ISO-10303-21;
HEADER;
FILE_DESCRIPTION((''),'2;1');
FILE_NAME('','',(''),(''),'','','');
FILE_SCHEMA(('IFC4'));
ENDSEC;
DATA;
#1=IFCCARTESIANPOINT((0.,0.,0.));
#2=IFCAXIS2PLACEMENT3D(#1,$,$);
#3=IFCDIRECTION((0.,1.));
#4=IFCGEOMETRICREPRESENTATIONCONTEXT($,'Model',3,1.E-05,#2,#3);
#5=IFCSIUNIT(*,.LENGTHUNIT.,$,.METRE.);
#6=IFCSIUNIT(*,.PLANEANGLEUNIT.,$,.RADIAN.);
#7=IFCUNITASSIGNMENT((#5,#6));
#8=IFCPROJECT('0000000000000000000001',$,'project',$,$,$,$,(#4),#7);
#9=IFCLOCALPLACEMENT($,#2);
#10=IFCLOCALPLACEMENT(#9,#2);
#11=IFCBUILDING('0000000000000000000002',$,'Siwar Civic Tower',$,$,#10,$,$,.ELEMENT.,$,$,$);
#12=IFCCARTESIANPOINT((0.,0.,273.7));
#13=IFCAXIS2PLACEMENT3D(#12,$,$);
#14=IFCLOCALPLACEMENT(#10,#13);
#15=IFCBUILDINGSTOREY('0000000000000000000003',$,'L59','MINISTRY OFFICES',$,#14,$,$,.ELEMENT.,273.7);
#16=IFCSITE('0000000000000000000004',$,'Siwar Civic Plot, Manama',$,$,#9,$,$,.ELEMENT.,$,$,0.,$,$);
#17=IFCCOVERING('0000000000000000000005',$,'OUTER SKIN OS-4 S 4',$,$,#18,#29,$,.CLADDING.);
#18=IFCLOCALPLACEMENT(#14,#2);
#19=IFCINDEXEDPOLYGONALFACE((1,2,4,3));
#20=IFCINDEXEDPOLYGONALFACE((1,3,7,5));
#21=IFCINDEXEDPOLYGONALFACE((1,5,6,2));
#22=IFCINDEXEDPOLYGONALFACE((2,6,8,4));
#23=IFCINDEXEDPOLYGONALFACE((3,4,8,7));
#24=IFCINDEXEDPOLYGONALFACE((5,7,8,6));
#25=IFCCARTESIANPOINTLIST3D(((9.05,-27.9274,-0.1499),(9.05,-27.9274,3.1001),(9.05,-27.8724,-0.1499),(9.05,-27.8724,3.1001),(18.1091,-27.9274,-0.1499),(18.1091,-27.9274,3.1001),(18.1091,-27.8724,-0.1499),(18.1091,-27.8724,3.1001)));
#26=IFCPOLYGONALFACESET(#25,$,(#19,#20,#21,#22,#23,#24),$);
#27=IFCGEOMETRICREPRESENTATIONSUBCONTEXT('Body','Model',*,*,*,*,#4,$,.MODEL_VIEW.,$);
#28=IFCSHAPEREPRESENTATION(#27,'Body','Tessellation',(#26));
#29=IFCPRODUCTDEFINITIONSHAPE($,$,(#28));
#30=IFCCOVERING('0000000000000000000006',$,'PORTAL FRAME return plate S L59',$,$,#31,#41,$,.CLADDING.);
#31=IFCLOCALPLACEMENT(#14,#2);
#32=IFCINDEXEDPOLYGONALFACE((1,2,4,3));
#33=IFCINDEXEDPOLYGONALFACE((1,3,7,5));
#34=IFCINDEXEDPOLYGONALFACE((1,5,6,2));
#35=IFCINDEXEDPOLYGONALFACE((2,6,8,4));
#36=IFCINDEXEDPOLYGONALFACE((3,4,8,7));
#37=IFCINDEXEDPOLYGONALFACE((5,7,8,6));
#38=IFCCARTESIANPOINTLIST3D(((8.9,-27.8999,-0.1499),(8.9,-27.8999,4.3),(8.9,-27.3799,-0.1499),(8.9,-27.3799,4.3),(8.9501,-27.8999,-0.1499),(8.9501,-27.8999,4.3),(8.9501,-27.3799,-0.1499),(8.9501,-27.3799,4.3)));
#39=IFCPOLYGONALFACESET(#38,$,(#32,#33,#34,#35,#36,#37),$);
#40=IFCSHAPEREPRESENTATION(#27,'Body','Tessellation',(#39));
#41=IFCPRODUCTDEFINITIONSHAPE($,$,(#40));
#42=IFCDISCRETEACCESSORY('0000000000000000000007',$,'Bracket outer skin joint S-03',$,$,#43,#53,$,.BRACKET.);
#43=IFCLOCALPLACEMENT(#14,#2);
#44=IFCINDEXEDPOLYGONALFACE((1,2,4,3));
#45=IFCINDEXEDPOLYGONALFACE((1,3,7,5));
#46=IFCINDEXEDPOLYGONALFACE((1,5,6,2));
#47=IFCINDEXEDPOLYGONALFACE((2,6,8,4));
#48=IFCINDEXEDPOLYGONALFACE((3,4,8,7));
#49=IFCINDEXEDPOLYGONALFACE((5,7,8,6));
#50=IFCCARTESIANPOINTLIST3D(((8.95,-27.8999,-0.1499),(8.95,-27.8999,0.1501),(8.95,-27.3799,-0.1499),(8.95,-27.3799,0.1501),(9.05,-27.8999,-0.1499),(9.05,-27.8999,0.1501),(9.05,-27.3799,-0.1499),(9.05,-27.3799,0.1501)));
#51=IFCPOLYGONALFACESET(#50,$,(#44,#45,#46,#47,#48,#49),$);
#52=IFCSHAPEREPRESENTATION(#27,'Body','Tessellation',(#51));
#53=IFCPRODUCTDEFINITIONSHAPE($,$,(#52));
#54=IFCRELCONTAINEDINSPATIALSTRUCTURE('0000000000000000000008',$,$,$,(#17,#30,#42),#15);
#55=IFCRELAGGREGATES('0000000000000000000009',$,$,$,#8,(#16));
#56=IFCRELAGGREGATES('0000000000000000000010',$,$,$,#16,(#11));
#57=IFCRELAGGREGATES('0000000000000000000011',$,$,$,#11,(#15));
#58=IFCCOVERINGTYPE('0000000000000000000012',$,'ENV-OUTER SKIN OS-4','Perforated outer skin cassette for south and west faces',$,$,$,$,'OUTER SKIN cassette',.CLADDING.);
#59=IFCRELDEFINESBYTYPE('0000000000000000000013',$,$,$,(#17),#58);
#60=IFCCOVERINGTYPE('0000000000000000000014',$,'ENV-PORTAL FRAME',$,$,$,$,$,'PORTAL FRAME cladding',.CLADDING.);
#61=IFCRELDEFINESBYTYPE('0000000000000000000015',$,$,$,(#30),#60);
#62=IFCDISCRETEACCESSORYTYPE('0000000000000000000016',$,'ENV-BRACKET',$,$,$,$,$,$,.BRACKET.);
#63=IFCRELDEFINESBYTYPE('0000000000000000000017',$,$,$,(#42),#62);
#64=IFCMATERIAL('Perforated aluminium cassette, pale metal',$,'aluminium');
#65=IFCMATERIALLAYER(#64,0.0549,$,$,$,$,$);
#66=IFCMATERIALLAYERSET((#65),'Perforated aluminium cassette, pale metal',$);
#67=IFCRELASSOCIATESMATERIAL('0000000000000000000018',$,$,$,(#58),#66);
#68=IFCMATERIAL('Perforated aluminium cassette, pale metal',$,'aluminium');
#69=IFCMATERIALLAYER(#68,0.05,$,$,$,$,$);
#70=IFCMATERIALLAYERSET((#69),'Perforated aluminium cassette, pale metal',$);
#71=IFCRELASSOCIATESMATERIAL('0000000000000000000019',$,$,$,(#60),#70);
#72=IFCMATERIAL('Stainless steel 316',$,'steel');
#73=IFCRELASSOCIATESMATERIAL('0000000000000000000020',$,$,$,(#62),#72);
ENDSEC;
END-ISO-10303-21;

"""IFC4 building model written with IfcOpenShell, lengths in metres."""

from ifc_helpers import new_model, si_unit, direction, frame, origin, origin_2d, place, context, subcontext, project, spatial, rectangle, extrude, material, layer, layer_set, type_object, element, save


model = new_model("IFC4")

# Units and contexts
model_context = context("Model", 3, precision=1e-05, world=origin(), true_north=direction((0.0, 1.0)))
body_context = subcontext(model_context, "Body", "Model", "MODEL_VIEW")
ifc_project = project(units=[si_unit("LENGTHUNIT", "METRE"), si_unit("PLANEANGLEUNIT", "RADIAN")], contexts=[model_context])

# Site, building, storey
site_placement = place(None, origin())
site = spatial("IfcSite", under=ifc_project, at=site_placement, Name="Siwar Civic Plot, Manama", CompositionType="ELEMENT", RefElevation=0.0)
building_placement = place(site_placement, origin())
building = spatial("IfcBuilding", under=site, at=building_placement, Name="Siwar Civic Tower", CompositionType="ELEMENT")
storey_placement = place(building_placement, frame((0.0, 0.0, 273.7)))
storey = spatial("IfcBuildingStorey", under=building, at=storey_placement, Name="L59", Description="MINISTRY OFFICES", CompositionType="ELEMENT", Elevation=273.7)

# Coverings
ifc_material_1 = material(Name="Perforated aluminium cassette, pale metal", Category="aluminium")
ifc_layer_1 = layer(ifc_material_1, 0.0549)
ifc_layer_set_1 = layer_set([ifc_layer_1], Name="Perforated aluminium cassette, pale metal")
covering_type_1 = type_object("IfcCoveringType", Name="ENV-OUTER SKIN OS-4", Description="Perforated outer skin cassette for south and west faces", ElementType="OUTER SKIN cassette", PredefinedType="CLADDING", material=ifc_layer_set_1)
covering_1_placement = place(storey_placement, frame((13.5796, -27.8999, -0.1499), z_axis=(0.0, 0.0, 1.0), x_axis=(1.0, 0.0, 0.0)))
element("IfcCovering", 1, at=covering_1_placement, inside=storey, type_object=covering_type_1, Name="OUTER SKIN OS-4 S 4", PredefinedType="CLADDING", context=body_context, shape_type="SweptSolid", body=[
    extrude(rectangle(XDim=9.0591, YDim=0.0549, at=origin_2d()), origin(), (0.0, 0.0, 1.0), 3.25),
])
ifc_material_2 = material(Name="Perforated aluminium cassette, pale metal", Category="aluminium")
ifc_layer_2 = layer(ifc_material_2, 0.05)
ifc_layer_set_2 = layer_set([ifc_layer_2], Name="Perforated aluminium cassette, pale metal")
covering_type_2 = type_object("IfcCoveringType", Name="ENV-PORTAL FRAME", ElementType="PORTAL FRAME cladding", PredefinedType="CLADDING", material=ifc_layer_set_2)
covering_2_placement = place(storey_placement, frame((8.925, -27.6399, -0.1499), z_axis=(0.0, 0.0, 1.0), x_axis=(1.0, 0.0, 0.0)))
element("IfcCovering", 2, at=covering_2_placement, inside=storey, type_object=covering_type_2, Name="PORTAL FRAME return plate S L59", PredefinedType="CLADDING", context=body_context, shape_type="SweptSolid", body=[
    extrude(rectangle(XDim=0.05, YDim=0.52, at=origin_2d()), origin(), (0.0, 0.0, 1.0), 4.45),
])

# Discrete accessory
ifc_material_3 = material(Name="Stainless steel 316", Category="steel")
discrete_accessory_type = type_object("IfcDiscreteAccessoryType", Name="ENV-BRACKET", PredefinedType="BRACKET", material=ifc_material_3)
discrete_accessory_placement = place(storey_placement, frame((9.0, -27.6399, -0.1499), z_axis=(0.0, 0.0, 1.0), x_axis=(0.0, -1.0, 0.0)))
element("IfcDiscreteAccessory", 3, at=discrete_accessory_placement, inside=storey, type_object=discrete_accessory_type, Name="Bracket outer skin joint S-03", PredefinedType="BRACKET", context=body_context, shape_type="SweptSolid", body=[
    extrude(rectangle(XDim=0.52, YDim=0.1001, at=origin_2d()), origin(), (0.0, 0.0, 1.0), 0.3),
])

save(model, "model.ifc")
